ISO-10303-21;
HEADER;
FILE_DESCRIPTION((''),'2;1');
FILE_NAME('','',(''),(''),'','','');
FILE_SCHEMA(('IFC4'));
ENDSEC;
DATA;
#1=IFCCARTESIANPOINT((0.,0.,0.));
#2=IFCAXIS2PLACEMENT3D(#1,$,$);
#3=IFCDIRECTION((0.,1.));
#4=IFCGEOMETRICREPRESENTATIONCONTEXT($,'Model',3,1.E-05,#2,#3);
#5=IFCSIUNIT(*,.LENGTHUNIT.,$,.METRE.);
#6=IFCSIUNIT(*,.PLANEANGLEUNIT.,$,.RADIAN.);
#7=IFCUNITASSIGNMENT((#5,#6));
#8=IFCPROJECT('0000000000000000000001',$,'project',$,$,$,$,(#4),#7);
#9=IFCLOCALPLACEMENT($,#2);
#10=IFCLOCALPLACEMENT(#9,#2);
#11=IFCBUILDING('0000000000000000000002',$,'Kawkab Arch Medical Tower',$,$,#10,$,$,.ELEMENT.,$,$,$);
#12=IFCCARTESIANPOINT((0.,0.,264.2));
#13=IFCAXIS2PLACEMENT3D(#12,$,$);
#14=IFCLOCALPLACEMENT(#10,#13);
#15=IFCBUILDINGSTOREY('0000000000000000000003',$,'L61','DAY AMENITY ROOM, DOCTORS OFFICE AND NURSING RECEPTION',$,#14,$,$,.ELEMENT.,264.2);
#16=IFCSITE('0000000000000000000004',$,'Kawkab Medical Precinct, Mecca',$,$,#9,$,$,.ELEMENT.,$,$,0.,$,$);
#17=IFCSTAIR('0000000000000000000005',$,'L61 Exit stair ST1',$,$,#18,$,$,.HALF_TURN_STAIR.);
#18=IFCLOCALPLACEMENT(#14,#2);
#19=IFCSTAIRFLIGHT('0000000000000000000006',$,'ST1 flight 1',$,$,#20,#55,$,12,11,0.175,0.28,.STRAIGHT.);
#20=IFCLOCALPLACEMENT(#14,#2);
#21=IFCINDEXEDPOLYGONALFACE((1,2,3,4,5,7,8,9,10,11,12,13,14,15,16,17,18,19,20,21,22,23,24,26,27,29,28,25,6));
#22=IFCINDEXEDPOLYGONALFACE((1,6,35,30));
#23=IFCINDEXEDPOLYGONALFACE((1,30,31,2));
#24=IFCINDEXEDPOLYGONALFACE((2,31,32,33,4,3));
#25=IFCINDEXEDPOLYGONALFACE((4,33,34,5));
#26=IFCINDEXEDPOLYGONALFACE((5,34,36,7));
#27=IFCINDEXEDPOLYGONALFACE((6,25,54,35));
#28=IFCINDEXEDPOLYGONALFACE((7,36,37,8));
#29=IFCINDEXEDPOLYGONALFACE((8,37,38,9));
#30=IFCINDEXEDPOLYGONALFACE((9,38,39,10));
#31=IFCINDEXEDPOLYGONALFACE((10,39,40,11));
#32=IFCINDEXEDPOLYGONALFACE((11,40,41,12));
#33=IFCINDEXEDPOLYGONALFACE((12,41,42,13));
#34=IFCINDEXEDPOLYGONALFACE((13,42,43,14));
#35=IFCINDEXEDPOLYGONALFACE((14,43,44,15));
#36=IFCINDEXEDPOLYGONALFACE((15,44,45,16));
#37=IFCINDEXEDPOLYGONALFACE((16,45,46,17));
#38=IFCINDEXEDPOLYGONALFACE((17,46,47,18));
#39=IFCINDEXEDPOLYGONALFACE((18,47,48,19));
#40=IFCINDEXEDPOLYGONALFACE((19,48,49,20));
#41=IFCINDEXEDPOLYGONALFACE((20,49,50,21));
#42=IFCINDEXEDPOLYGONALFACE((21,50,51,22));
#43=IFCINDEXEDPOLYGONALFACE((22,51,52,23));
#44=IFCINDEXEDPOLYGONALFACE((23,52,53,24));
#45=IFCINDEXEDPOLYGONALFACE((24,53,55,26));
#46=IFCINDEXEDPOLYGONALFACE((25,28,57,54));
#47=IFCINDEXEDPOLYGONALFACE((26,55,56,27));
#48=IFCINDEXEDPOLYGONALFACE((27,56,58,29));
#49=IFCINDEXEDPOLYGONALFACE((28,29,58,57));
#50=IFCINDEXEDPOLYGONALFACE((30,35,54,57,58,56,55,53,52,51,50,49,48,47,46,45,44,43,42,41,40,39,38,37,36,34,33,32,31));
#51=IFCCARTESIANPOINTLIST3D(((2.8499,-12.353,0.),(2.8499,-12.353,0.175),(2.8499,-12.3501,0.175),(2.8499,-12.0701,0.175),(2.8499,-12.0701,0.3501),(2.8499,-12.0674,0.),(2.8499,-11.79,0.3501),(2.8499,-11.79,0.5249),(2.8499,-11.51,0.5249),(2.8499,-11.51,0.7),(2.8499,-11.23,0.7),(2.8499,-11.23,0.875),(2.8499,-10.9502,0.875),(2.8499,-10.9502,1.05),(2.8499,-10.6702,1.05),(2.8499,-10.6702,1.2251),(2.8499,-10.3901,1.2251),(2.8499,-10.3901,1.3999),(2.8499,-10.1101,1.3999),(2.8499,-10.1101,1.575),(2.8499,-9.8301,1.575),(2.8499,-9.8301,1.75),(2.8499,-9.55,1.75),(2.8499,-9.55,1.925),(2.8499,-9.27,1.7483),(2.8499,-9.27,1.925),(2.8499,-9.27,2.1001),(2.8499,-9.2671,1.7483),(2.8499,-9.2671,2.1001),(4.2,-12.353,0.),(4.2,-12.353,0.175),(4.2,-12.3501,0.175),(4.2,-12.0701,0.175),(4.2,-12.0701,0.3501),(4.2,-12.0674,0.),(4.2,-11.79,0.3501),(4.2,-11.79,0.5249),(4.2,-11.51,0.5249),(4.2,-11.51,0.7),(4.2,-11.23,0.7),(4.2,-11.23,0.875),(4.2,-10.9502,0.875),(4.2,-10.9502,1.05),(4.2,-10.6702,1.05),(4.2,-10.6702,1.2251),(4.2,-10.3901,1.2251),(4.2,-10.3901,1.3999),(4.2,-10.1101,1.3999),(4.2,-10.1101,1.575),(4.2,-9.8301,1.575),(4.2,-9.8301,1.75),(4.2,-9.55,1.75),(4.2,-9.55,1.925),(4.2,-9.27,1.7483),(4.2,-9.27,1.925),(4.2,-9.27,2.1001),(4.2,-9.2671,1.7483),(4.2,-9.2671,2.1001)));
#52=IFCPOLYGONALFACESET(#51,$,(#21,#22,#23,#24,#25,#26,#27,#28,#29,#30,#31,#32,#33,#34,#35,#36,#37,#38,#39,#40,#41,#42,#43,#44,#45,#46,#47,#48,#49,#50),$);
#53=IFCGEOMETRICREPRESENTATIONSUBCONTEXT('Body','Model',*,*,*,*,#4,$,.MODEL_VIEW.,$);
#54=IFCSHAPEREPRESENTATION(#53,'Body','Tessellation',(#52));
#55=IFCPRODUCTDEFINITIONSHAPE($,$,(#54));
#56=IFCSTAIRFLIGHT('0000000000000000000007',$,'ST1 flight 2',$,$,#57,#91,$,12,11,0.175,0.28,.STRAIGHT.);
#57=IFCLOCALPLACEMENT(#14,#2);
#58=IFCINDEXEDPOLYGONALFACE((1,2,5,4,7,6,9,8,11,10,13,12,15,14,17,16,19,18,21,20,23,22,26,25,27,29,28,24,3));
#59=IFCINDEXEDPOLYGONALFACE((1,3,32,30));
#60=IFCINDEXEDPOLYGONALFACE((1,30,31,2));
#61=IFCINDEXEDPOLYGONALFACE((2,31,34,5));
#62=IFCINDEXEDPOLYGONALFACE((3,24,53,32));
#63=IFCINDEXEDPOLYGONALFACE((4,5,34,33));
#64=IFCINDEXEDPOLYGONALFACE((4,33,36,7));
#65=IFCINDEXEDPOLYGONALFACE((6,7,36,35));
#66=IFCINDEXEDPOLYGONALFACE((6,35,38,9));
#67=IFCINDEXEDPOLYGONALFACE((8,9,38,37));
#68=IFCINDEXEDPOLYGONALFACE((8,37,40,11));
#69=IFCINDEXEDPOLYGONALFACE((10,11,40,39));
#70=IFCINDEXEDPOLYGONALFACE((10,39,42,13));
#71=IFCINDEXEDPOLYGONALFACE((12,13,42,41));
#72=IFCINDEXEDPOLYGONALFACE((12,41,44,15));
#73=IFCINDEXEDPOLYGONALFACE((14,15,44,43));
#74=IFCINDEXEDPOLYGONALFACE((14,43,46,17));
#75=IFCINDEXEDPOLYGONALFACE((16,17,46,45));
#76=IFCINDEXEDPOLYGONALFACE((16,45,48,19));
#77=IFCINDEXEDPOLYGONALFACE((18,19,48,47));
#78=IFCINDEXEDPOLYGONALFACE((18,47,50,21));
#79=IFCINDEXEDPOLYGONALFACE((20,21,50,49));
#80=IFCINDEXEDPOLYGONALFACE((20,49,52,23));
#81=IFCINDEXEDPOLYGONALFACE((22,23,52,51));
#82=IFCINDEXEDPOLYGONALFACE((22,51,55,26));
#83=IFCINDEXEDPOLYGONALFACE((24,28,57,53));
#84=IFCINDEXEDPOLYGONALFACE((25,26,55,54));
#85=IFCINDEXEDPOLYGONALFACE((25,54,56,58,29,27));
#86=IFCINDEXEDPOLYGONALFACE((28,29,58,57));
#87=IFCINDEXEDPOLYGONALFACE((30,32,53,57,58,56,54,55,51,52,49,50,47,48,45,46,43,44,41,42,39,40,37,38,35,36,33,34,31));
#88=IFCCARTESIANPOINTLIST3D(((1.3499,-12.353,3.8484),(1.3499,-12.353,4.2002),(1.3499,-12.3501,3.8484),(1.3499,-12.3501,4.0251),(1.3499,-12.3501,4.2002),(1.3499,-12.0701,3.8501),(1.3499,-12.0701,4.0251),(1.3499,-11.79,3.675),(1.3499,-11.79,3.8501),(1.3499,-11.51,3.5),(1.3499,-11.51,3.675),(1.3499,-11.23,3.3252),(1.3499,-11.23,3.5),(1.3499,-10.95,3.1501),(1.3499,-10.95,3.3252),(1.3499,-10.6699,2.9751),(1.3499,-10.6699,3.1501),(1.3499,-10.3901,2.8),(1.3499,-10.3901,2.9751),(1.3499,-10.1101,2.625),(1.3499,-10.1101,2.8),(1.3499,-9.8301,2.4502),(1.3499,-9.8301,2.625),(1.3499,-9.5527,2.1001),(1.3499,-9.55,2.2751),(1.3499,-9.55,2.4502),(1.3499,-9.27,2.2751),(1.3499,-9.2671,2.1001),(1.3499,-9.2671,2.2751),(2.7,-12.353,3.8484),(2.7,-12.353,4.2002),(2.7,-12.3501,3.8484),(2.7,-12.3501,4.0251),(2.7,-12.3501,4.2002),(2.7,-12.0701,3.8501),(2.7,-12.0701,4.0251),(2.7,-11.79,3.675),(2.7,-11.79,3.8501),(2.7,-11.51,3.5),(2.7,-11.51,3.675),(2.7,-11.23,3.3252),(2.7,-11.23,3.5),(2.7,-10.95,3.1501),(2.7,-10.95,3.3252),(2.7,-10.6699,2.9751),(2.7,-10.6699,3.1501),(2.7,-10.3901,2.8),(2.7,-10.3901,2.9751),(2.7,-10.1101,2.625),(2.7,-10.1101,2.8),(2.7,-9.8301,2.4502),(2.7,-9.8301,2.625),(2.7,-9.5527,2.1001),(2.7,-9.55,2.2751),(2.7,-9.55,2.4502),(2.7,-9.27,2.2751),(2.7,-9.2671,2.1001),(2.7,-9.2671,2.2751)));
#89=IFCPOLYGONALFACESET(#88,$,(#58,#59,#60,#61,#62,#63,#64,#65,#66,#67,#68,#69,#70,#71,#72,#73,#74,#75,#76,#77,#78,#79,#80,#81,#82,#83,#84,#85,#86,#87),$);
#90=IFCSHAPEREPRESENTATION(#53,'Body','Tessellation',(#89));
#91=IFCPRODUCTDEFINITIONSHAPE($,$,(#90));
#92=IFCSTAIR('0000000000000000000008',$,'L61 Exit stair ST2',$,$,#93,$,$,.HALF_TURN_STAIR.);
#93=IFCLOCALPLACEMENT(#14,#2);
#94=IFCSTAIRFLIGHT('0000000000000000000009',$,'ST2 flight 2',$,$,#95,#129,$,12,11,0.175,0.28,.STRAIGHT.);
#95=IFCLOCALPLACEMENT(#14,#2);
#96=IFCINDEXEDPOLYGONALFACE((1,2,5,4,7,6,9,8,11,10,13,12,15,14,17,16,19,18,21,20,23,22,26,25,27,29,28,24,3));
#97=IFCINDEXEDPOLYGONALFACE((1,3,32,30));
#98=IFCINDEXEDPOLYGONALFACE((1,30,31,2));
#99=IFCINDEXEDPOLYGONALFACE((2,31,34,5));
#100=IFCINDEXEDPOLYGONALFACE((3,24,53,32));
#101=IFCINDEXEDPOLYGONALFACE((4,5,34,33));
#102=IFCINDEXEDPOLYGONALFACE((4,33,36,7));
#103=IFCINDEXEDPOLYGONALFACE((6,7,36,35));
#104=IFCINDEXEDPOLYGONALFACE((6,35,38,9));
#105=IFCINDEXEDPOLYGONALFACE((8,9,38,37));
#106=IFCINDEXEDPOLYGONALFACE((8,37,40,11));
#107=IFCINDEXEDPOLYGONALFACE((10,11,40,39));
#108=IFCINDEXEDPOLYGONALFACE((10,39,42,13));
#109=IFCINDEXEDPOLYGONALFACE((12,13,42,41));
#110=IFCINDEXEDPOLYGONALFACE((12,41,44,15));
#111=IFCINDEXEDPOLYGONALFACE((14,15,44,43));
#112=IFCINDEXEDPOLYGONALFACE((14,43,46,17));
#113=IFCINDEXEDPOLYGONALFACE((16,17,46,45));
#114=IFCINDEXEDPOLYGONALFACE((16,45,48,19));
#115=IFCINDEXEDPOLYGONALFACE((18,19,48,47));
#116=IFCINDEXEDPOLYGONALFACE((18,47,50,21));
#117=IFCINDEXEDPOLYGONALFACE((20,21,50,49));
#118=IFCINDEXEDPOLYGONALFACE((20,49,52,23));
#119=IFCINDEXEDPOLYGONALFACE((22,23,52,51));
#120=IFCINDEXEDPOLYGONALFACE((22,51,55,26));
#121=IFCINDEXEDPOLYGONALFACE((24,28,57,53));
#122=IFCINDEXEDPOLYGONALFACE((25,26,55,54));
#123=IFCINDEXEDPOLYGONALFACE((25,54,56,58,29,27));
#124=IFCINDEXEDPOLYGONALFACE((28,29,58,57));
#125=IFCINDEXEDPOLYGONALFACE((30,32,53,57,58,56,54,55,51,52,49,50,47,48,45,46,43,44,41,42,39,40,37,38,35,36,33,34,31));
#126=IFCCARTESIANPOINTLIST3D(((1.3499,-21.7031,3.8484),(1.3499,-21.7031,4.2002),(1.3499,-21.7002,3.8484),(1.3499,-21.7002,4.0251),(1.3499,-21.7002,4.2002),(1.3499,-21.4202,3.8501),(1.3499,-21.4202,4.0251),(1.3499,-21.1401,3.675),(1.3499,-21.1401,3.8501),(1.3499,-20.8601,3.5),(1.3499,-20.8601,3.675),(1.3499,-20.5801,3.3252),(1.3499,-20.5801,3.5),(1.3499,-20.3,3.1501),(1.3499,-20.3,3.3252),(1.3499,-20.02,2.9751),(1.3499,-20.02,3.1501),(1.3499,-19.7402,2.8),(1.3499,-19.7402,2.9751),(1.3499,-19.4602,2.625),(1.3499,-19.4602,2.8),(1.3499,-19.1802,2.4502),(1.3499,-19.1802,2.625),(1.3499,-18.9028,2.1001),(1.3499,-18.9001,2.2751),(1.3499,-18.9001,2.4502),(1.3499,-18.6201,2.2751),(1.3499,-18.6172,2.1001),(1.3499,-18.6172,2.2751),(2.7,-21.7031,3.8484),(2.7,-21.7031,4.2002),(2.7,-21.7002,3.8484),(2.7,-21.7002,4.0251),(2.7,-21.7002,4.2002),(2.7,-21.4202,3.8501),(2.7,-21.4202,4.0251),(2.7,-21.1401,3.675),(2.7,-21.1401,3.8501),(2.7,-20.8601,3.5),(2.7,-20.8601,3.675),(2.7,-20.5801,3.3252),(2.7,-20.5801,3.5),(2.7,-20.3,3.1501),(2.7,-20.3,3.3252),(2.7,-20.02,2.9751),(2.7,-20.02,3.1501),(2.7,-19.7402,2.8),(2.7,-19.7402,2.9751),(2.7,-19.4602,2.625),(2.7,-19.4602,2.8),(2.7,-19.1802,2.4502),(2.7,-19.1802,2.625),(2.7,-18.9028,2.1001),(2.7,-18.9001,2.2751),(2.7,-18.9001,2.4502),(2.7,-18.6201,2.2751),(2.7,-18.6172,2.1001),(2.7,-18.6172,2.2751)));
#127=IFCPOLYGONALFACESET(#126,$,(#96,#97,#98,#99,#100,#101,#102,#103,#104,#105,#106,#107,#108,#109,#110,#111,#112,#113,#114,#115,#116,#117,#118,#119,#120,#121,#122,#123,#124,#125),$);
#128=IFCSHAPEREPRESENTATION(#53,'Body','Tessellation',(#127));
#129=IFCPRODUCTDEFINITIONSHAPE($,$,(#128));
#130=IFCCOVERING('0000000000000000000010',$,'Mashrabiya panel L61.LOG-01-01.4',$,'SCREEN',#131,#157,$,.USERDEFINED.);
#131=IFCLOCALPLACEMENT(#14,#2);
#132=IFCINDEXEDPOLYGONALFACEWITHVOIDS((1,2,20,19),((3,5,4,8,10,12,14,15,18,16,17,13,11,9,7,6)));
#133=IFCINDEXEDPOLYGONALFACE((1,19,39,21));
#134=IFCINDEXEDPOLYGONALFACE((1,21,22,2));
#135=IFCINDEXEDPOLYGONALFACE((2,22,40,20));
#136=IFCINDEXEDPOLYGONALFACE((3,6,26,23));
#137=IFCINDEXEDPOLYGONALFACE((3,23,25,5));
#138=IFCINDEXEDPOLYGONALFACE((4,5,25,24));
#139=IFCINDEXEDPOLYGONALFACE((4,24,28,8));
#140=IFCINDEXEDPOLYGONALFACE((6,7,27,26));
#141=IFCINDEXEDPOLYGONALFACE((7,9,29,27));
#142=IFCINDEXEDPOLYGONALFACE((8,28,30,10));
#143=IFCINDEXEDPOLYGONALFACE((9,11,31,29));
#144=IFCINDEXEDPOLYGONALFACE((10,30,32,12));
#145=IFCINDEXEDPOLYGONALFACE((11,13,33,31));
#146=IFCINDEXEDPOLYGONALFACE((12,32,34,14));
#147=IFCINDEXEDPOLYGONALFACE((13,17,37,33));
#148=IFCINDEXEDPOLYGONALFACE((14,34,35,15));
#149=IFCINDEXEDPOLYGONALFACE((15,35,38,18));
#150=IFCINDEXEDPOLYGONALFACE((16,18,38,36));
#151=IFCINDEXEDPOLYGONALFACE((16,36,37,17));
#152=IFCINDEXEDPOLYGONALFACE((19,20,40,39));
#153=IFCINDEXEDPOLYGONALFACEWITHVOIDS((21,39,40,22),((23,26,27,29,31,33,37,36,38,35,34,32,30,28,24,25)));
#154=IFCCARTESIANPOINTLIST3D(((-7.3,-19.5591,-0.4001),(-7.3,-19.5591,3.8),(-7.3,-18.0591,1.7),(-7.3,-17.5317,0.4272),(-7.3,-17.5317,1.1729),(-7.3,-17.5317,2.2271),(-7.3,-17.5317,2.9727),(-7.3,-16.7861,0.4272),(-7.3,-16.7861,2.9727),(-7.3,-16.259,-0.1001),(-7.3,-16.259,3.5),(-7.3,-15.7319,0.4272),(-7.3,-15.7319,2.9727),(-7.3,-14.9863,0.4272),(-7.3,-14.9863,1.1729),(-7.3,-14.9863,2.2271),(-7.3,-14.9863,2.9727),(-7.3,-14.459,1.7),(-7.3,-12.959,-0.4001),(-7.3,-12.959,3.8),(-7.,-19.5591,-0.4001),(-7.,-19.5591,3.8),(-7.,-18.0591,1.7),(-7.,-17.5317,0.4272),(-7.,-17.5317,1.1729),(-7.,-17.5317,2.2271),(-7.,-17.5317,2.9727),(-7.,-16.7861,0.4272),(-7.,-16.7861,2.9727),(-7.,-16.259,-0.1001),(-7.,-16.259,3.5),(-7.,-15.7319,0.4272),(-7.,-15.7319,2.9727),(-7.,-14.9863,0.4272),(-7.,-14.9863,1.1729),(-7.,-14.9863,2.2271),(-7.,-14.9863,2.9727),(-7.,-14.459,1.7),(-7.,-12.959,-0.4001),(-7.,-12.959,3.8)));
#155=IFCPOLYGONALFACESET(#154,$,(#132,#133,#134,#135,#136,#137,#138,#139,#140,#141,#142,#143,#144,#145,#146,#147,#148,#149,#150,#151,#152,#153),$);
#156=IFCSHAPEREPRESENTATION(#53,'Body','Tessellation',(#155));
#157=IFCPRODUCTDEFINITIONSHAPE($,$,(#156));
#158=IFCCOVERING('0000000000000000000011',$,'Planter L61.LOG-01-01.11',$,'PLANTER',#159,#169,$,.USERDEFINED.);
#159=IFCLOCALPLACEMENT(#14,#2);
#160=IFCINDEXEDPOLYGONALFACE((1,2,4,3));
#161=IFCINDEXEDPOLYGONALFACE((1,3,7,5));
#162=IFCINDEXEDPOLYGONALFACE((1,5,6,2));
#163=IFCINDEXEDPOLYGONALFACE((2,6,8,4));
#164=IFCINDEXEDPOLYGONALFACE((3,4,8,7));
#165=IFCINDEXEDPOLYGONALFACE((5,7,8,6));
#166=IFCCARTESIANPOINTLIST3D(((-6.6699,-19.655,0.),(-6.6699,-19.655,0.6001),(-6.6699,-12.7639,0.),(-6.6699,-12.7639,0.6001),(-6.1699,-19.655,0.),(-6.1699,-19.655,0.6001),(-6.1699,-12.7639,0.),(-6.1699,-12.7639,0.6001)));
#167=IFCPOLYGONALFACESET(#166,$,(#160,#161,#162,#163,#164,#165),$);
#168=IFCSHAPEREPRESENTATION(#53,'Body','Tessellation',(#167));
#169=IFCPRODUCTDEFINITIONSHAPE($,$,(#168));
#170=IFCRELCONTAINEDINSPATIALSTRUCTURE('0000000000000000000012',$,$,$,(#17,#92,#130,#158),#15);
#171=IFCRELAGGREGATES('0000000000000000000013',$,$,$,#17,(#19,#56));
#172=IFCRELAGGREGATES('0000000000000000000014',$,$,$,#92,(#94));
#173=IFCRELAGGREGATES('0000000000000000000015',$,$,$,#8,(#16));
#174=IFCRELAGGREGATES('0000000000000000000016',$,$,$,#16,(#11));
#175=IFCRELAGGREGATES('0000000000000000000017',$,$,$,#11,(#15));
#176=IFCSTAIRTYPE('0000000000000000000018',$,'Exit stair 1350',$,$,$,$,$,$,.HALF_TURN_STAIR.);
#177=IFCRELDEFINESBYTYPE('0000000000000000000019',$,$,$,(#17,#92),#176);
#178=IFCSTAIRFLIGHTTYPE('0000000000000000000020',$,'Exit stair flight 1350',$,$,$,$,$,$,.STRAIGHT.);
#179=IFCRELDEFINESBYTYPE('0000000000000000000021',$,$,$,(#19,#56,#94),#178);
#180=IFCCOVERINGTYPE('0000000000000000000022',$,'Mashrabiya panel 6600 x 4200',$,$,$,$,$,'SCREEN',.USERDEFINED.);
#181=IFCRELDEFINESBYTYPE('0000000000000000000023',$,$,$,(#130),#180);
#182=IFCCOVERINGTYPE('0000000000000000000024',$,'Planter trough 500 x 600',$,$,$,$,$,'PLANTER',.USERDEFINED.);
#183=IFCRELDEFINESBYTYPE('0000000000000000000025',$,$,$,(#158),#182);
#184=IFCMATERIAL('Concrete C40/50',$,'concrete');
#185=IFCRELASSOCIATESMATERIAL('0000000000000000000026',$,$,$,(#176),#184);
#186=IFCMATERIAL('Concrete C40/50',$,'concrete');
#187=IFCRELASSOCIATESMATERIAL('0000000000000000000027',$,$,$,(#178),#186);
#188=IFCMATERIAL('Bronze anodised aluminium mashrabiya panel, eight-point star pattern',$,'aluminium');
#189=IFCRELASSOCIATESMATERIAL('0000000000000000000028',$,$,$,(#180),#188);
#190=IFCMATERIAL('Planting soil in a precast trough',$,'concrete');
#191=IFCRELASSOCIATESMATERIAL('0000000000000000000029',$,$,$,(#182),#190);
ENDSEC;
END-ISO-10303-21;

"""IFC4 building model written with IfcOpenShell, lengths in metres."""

from ifc_helpers import new_model, si_unit, direction, frame, origin, origin_2d, place, context, subcontext, project, spatial, polyline, rectangle, outline, extrude, material, material_profile, profile_set, type_object, element, aggregate, save


model = new_model("IFC4")

# Units and contexts
model_context = context("Model", 3, precision=1e-05, world=origin(), true_north=direction((0.0, 1.0)))
body_context = subcontext(model_context, "Body", "Model", "MODEL_VIEW")
ifc_project = project(units=[si_unit("LENGTHUNIT", "METRE"), si_unit("PLANEANGLEUNIT", "RADIAN")], contexts=[model_context])

# Site, building, storey
site_placement = place(None, origin())
site = spatial("IfcSite", under=ifc_project, at=site_placement, Name="Kawkab Medical Precinct, Mecca", CompositionType="ELEMENT", RefElevation=0.0)
building_placement = place(site_placement, origin())
building = spatial("IfcBuilding", under=site, at=building_placement, Name="Kawkab Arch Medical Tower", CompositionType="ELEMENT")
storey_placement = place(building_placement, frame((0.0, 0.0, 264.2)))
storey = spatial("IfcBuildingStorey", under=building, at=storey_placement, Name="L61", Description="DAY AMENITY ROOM, DOCTORS OFFICE AND NURSING RECEPTION", CompositionType="ELEMENT", Elevation=264.2)

# Shared definitions
placement = place(storey_placement, origin())

# Stair, stair flights
ifc_material_1 = material(Name="Concrete C40/50", Category="concrete")
stair_type = type_object("IfcStairType", Name="Exit stair 1350", PredefinedType="HALF_TURN_STAIR", material=ifc_material_1)
stair_1 = element("IfcStair", 1, at=placement, inside=storey, type_object=stair_type, Name="L61 Exit stair ST1", PredefinedType="HALF_TURN_STAIR")
ifc_material_2 = material(Name="Concrete C40/50", Category="concrete")
stair_flight_type = type_object("IfcStairFlightType", Name="Exit stair flight 1350", PredefinedType="STRAIGHT", material=ifc_material_2)
stair_flight_1_placement = place(storey_placement, frame((3.5249, -12.3501, 0.0), z_axis=(0.0, 0.0, 1.0), x_axis=(0.0, 1.0, 0.0)))
stair_flight_1 = element("IfcStairFlight", 2, at=stair_flight_1_placement, type_object=stair_flight_type, Name="ST1 flight 1", NumberOfRisers=12, NumberOfTreads=11, PredefinedType="STRAIGHT", RiserHeight=0.175, TreadLength=0.28, context=body_context, shape_type="SweptSolid", body=[
    extrude(outline(polyline([(-0.0029, 0.0), (-0.0029, 0.175), (0.0, 0.175), (0.28, 0.175), (0.28, 0.3501), (0.5601, 0.3501), (0.5601, 0.5249), (0.8401, 0.5249), (0.8401, 0.7), (1.1201, 0.7), (1.1201, 0.875), (1.3999, 0.875), (1.3999, 1.05), (1.6799, 1.05), (1.6799, 1.2251), (1.96, 1.2251), (1.96, 1.3999), (2.24, 1.3999), (2.24, 1.575), (2.52, 1.575), (2.52, 1.75), (2.8, 1.75), (2.8, 1.925), (3.0801, 1.925), (3.0801, 2.1001), (3.083, 2.1001), (3.083, 1.7483), (3.0801, 1.7483), (0.2827, 0.0), (-0.0029, 0.0)])), frame((0.0, 0.675, 0.0), z_axis=(0.0, -1.0, 0.0), x_axis=(1.0, 0.0, 0.0)), (0.0, 0.0, 1.0), 1.3501),
])
stair_flight_2_placement = place(storey_placement, frame((2.0249, -9.27, 2.1001), z_axis=(0.0, 0.0, 1.0), x_axis=(0.0, -1.0, 0.0)))
stair_flight_2 = element("IfcStairFlight", 3, at=stair_flight_2_placement, type_object=stair_flight_type, Name="ST1 flight 2", NumberOfRisers=12, NumberOfTreads=11, PredefinedType="STRAIGHT", RiserHeight=0.175, TreadLength=0.28, context=body_context, shape_type="SweptSolid", body=[
    extrude(outline(polyline([(-0.0029, 0.0), (-0.0029, 0.175), (0.0, 0.175), (0.28, 0.175), (0.28, 0.3501), (0.5601, 0.3501), (0.5601, 0.5249), (0.8401, 0.5249), (0.8401, 0.7), (1.1201, 0.7), (1.1201, 0.875), (1.3999, 0.875), (1.3999, 1.05), (1.6799, 1.05), (1.6799, 1.2251), (1.96, 1.2251), (1.96, 1.3999), (2.24, 1.3999), (2.24, 1.575), (2.52, 1.575), (2.52, 1.75), (2.8, 1.75), (2.8, 1.925), (3.0801, 1.925), (3.0801, 2.1001), (3.083, 2.1001), (3.083, 1.7483), (3.0801, 1.7483), (0.2827, 0.0), (-0.0029, 0.0)])), frame((0.0, 0.675, 0.0), z_axis=(0.0, -1.0, 0.0), x_axis=(1.0, 0.0, 0.0)), (0.0, 0.0, 1.0), 1.3501),
])
aggregate(stair_1, [stair_flight_1, stair_flight_2])

# Stair, stair flight
stair_2 = element("IfcStair", 4, at=placement, inside=storey, type_object=stair_type, Name="L61 Exit stair ST2", PredefinedType="HALF_TURN_STAIR")
stair_flight_3_placement = place(storey_placement, frame((2.0249, -18.6201, 2.1001), z_axis=(0.0, 0.0, 1.0), x_axis=(0.0, -1.0, 0.0)))
stair_flight_3 = element("IfcStairFlight", 5, at=stair_flight_3_placement, type_object=stair_flight_type, Name="ST2 flight 2", NumberOfRisers=12, NumberOfTreads=11, PredefinedType="STRAIGHT", RiserHeight=0.175, TreadLength=0.28, context=body_context, shape_type="SweptSolid", body=[
    extrude(outline(polyline([(-0.0029, 0.0), (-0.0029, 0.175), (0.0, 0.175), (0.28, 0.175), (0.28, 0.3501), (0.5601, 0.3501), (0.5601, 0.5249), (0.8401, 0.5249), (0.8401, 0.7), (1.1201, 0.7), (1.1201, 0.875), (1.3999, 0.875), (1.3999, 1.05), (1.6799, 1.05), (1.6799, 1.2251), (1.96, 1.2251), (1.96, 1.3999), (2.24, 1.3999), (2.24, 1.575), (2.52, 1.575), (2.52, 1.75), (2.8, 1.75), (2.8, 1.925), (3.0801, 1.925), (3.0801, 2.1001), (3.083, 2.1001), (3.083, 1.7483), (3.0801, 1.7483), (0.2827, 0.0), (-0.0029, 0.0)])), frame((0.0, 0.675, 0.0), z_axis=(0.0, -1.0, 0.0), x_axis=(1.0, 0.0, 0.0)), (0.0, 0.0, 1.0), 1.3501),
])
aggregate(stair_2, [stair_flight_3])

# Coverings
ifc_material_3 = material(Name="Bronze anodised aluminium mashrabiya panel, eight-point star pattern", Category="aluminium")
ifc_material_profile_1 = material_profile(ifc_material_3, outline(polyline([(-3.3, -2.1001), (3.3, -2.1001), (3.3, 2.1001), (-3.3, 2.1001), (-3.3, -2.1001)]), holes=[polyline([(1.8, 0.0), (1.2727, 0.5271), (1.2727, 1.2727), (0.5271, 1.2727), (0.0, 1.8), (-0.5271, 1.2727), (-1.2727, 1.2727), (-1.2727, 0.5271), (-1.8, 0.0), (-1.2727, -0.5271), (-1.2727, -1.2727), (-0.5271, -1.2727), (0.0, -1.8), (0.5271, -1.2727), (1.2727, -1.2727), (1.2727, -0.5271), (1.8, 0.0)])]), Name="Mashrabiya panel 6600x4200")
ifc_profile_set_1 = profile_set([ifc_material_profile_1], Name="Bronze anodised aluminium mashrabiya panel, eight-point star pattern")
covering_type_1 = type_object("IfcCoveringType", Name="Mashrabiya panel 6600 x 4200", ElementType="SCREEN", PredefinedType="USERDEFINED", material=ifc_profile_set_1)
covering_1_placement = place(storey_placement, frame((-7.0, -16.259, 1.7), z_axis=(-1.0, 0.0, 0.0), x_axis=(0.0, -1.0, 0.0)))
element("IfcCovering", 6, at=covering_1_placement, inside=storey, type_object=covering_type_1, Name="Mashrabiya panel L61.LOG-01-01.4", ObjectType="SCREEN", PredefinedType="USERDEFINED", context=body_context, shape_type="SweptSolid", body=[
    extrude(outline(polyline([(-3.3, -2.1001), (3.3, -2.1001), (3.3, 2.1001), (-3.3, 2.1001), (-3.3, -2.1001)]), holes=[polyline([(1.8, 0.0), (1.2727, 0.5271), (1.2727, 1.2727), (0.5271, 1.2727), (0.0, 1.8), (-0.5271, 1.2727), (-1.2727, 1.2727), (-1.2727, 0.5271), (-1.8, 0.0), (-1.2727, -0.5271), (-1.2727, -1.2727), (-0.5271, -1.2727), (0.0, -1.8), (0.5271, -1.2727), (1.2727, -1.2727), (1.2727, -0.5271), (1.8, 0.0)])]), origin(), (0.0, 0.0, 1.0), 0.3),
])
ifc_material_4 = material(Name="Planting soil in a precast trough", Category="concrete")
ifc_material_profile_2 = material_profile(ifc_material_4, rectangle(XDim=0.5, YDim=0.6001, at=origin_2d()), Name="Trough 500x600")
ifc_profile_set_2 = profile_set([ifc_material_profile_2], Name="Planting soil in a precast trough")
covering_type_2 = type_object("IfcCoveringType", Name="Planter trough 500 x 600", ElementType="PLANTER", PredefinedType="USERDEFINED", material=ifc_profile_set_2)
covering_2_placement = place(storey_placement, frame((-6.4199, -19.655, 0.3), z_axis=(0.0, 1.0, 0.0), x_axis=(-1.0, 0.0, 0.0)))
element("IfcCovering", 7, at=covering_2_placement, inside=storey, type_object=covering_type_2, Name="Planter L61.LOG-01-01.11", ObjectType="PLANTER", PredefinedType="USERDEFINED", context=body_context, shape_type="SweptSolid", body=[
    extrude(rectangle(XDim=0.5, YDim=0.6001, at=origin_2d()), origin(), (0.0, 0.0, 1.0), 6.8911),
])

save(model, "model.ifc")
